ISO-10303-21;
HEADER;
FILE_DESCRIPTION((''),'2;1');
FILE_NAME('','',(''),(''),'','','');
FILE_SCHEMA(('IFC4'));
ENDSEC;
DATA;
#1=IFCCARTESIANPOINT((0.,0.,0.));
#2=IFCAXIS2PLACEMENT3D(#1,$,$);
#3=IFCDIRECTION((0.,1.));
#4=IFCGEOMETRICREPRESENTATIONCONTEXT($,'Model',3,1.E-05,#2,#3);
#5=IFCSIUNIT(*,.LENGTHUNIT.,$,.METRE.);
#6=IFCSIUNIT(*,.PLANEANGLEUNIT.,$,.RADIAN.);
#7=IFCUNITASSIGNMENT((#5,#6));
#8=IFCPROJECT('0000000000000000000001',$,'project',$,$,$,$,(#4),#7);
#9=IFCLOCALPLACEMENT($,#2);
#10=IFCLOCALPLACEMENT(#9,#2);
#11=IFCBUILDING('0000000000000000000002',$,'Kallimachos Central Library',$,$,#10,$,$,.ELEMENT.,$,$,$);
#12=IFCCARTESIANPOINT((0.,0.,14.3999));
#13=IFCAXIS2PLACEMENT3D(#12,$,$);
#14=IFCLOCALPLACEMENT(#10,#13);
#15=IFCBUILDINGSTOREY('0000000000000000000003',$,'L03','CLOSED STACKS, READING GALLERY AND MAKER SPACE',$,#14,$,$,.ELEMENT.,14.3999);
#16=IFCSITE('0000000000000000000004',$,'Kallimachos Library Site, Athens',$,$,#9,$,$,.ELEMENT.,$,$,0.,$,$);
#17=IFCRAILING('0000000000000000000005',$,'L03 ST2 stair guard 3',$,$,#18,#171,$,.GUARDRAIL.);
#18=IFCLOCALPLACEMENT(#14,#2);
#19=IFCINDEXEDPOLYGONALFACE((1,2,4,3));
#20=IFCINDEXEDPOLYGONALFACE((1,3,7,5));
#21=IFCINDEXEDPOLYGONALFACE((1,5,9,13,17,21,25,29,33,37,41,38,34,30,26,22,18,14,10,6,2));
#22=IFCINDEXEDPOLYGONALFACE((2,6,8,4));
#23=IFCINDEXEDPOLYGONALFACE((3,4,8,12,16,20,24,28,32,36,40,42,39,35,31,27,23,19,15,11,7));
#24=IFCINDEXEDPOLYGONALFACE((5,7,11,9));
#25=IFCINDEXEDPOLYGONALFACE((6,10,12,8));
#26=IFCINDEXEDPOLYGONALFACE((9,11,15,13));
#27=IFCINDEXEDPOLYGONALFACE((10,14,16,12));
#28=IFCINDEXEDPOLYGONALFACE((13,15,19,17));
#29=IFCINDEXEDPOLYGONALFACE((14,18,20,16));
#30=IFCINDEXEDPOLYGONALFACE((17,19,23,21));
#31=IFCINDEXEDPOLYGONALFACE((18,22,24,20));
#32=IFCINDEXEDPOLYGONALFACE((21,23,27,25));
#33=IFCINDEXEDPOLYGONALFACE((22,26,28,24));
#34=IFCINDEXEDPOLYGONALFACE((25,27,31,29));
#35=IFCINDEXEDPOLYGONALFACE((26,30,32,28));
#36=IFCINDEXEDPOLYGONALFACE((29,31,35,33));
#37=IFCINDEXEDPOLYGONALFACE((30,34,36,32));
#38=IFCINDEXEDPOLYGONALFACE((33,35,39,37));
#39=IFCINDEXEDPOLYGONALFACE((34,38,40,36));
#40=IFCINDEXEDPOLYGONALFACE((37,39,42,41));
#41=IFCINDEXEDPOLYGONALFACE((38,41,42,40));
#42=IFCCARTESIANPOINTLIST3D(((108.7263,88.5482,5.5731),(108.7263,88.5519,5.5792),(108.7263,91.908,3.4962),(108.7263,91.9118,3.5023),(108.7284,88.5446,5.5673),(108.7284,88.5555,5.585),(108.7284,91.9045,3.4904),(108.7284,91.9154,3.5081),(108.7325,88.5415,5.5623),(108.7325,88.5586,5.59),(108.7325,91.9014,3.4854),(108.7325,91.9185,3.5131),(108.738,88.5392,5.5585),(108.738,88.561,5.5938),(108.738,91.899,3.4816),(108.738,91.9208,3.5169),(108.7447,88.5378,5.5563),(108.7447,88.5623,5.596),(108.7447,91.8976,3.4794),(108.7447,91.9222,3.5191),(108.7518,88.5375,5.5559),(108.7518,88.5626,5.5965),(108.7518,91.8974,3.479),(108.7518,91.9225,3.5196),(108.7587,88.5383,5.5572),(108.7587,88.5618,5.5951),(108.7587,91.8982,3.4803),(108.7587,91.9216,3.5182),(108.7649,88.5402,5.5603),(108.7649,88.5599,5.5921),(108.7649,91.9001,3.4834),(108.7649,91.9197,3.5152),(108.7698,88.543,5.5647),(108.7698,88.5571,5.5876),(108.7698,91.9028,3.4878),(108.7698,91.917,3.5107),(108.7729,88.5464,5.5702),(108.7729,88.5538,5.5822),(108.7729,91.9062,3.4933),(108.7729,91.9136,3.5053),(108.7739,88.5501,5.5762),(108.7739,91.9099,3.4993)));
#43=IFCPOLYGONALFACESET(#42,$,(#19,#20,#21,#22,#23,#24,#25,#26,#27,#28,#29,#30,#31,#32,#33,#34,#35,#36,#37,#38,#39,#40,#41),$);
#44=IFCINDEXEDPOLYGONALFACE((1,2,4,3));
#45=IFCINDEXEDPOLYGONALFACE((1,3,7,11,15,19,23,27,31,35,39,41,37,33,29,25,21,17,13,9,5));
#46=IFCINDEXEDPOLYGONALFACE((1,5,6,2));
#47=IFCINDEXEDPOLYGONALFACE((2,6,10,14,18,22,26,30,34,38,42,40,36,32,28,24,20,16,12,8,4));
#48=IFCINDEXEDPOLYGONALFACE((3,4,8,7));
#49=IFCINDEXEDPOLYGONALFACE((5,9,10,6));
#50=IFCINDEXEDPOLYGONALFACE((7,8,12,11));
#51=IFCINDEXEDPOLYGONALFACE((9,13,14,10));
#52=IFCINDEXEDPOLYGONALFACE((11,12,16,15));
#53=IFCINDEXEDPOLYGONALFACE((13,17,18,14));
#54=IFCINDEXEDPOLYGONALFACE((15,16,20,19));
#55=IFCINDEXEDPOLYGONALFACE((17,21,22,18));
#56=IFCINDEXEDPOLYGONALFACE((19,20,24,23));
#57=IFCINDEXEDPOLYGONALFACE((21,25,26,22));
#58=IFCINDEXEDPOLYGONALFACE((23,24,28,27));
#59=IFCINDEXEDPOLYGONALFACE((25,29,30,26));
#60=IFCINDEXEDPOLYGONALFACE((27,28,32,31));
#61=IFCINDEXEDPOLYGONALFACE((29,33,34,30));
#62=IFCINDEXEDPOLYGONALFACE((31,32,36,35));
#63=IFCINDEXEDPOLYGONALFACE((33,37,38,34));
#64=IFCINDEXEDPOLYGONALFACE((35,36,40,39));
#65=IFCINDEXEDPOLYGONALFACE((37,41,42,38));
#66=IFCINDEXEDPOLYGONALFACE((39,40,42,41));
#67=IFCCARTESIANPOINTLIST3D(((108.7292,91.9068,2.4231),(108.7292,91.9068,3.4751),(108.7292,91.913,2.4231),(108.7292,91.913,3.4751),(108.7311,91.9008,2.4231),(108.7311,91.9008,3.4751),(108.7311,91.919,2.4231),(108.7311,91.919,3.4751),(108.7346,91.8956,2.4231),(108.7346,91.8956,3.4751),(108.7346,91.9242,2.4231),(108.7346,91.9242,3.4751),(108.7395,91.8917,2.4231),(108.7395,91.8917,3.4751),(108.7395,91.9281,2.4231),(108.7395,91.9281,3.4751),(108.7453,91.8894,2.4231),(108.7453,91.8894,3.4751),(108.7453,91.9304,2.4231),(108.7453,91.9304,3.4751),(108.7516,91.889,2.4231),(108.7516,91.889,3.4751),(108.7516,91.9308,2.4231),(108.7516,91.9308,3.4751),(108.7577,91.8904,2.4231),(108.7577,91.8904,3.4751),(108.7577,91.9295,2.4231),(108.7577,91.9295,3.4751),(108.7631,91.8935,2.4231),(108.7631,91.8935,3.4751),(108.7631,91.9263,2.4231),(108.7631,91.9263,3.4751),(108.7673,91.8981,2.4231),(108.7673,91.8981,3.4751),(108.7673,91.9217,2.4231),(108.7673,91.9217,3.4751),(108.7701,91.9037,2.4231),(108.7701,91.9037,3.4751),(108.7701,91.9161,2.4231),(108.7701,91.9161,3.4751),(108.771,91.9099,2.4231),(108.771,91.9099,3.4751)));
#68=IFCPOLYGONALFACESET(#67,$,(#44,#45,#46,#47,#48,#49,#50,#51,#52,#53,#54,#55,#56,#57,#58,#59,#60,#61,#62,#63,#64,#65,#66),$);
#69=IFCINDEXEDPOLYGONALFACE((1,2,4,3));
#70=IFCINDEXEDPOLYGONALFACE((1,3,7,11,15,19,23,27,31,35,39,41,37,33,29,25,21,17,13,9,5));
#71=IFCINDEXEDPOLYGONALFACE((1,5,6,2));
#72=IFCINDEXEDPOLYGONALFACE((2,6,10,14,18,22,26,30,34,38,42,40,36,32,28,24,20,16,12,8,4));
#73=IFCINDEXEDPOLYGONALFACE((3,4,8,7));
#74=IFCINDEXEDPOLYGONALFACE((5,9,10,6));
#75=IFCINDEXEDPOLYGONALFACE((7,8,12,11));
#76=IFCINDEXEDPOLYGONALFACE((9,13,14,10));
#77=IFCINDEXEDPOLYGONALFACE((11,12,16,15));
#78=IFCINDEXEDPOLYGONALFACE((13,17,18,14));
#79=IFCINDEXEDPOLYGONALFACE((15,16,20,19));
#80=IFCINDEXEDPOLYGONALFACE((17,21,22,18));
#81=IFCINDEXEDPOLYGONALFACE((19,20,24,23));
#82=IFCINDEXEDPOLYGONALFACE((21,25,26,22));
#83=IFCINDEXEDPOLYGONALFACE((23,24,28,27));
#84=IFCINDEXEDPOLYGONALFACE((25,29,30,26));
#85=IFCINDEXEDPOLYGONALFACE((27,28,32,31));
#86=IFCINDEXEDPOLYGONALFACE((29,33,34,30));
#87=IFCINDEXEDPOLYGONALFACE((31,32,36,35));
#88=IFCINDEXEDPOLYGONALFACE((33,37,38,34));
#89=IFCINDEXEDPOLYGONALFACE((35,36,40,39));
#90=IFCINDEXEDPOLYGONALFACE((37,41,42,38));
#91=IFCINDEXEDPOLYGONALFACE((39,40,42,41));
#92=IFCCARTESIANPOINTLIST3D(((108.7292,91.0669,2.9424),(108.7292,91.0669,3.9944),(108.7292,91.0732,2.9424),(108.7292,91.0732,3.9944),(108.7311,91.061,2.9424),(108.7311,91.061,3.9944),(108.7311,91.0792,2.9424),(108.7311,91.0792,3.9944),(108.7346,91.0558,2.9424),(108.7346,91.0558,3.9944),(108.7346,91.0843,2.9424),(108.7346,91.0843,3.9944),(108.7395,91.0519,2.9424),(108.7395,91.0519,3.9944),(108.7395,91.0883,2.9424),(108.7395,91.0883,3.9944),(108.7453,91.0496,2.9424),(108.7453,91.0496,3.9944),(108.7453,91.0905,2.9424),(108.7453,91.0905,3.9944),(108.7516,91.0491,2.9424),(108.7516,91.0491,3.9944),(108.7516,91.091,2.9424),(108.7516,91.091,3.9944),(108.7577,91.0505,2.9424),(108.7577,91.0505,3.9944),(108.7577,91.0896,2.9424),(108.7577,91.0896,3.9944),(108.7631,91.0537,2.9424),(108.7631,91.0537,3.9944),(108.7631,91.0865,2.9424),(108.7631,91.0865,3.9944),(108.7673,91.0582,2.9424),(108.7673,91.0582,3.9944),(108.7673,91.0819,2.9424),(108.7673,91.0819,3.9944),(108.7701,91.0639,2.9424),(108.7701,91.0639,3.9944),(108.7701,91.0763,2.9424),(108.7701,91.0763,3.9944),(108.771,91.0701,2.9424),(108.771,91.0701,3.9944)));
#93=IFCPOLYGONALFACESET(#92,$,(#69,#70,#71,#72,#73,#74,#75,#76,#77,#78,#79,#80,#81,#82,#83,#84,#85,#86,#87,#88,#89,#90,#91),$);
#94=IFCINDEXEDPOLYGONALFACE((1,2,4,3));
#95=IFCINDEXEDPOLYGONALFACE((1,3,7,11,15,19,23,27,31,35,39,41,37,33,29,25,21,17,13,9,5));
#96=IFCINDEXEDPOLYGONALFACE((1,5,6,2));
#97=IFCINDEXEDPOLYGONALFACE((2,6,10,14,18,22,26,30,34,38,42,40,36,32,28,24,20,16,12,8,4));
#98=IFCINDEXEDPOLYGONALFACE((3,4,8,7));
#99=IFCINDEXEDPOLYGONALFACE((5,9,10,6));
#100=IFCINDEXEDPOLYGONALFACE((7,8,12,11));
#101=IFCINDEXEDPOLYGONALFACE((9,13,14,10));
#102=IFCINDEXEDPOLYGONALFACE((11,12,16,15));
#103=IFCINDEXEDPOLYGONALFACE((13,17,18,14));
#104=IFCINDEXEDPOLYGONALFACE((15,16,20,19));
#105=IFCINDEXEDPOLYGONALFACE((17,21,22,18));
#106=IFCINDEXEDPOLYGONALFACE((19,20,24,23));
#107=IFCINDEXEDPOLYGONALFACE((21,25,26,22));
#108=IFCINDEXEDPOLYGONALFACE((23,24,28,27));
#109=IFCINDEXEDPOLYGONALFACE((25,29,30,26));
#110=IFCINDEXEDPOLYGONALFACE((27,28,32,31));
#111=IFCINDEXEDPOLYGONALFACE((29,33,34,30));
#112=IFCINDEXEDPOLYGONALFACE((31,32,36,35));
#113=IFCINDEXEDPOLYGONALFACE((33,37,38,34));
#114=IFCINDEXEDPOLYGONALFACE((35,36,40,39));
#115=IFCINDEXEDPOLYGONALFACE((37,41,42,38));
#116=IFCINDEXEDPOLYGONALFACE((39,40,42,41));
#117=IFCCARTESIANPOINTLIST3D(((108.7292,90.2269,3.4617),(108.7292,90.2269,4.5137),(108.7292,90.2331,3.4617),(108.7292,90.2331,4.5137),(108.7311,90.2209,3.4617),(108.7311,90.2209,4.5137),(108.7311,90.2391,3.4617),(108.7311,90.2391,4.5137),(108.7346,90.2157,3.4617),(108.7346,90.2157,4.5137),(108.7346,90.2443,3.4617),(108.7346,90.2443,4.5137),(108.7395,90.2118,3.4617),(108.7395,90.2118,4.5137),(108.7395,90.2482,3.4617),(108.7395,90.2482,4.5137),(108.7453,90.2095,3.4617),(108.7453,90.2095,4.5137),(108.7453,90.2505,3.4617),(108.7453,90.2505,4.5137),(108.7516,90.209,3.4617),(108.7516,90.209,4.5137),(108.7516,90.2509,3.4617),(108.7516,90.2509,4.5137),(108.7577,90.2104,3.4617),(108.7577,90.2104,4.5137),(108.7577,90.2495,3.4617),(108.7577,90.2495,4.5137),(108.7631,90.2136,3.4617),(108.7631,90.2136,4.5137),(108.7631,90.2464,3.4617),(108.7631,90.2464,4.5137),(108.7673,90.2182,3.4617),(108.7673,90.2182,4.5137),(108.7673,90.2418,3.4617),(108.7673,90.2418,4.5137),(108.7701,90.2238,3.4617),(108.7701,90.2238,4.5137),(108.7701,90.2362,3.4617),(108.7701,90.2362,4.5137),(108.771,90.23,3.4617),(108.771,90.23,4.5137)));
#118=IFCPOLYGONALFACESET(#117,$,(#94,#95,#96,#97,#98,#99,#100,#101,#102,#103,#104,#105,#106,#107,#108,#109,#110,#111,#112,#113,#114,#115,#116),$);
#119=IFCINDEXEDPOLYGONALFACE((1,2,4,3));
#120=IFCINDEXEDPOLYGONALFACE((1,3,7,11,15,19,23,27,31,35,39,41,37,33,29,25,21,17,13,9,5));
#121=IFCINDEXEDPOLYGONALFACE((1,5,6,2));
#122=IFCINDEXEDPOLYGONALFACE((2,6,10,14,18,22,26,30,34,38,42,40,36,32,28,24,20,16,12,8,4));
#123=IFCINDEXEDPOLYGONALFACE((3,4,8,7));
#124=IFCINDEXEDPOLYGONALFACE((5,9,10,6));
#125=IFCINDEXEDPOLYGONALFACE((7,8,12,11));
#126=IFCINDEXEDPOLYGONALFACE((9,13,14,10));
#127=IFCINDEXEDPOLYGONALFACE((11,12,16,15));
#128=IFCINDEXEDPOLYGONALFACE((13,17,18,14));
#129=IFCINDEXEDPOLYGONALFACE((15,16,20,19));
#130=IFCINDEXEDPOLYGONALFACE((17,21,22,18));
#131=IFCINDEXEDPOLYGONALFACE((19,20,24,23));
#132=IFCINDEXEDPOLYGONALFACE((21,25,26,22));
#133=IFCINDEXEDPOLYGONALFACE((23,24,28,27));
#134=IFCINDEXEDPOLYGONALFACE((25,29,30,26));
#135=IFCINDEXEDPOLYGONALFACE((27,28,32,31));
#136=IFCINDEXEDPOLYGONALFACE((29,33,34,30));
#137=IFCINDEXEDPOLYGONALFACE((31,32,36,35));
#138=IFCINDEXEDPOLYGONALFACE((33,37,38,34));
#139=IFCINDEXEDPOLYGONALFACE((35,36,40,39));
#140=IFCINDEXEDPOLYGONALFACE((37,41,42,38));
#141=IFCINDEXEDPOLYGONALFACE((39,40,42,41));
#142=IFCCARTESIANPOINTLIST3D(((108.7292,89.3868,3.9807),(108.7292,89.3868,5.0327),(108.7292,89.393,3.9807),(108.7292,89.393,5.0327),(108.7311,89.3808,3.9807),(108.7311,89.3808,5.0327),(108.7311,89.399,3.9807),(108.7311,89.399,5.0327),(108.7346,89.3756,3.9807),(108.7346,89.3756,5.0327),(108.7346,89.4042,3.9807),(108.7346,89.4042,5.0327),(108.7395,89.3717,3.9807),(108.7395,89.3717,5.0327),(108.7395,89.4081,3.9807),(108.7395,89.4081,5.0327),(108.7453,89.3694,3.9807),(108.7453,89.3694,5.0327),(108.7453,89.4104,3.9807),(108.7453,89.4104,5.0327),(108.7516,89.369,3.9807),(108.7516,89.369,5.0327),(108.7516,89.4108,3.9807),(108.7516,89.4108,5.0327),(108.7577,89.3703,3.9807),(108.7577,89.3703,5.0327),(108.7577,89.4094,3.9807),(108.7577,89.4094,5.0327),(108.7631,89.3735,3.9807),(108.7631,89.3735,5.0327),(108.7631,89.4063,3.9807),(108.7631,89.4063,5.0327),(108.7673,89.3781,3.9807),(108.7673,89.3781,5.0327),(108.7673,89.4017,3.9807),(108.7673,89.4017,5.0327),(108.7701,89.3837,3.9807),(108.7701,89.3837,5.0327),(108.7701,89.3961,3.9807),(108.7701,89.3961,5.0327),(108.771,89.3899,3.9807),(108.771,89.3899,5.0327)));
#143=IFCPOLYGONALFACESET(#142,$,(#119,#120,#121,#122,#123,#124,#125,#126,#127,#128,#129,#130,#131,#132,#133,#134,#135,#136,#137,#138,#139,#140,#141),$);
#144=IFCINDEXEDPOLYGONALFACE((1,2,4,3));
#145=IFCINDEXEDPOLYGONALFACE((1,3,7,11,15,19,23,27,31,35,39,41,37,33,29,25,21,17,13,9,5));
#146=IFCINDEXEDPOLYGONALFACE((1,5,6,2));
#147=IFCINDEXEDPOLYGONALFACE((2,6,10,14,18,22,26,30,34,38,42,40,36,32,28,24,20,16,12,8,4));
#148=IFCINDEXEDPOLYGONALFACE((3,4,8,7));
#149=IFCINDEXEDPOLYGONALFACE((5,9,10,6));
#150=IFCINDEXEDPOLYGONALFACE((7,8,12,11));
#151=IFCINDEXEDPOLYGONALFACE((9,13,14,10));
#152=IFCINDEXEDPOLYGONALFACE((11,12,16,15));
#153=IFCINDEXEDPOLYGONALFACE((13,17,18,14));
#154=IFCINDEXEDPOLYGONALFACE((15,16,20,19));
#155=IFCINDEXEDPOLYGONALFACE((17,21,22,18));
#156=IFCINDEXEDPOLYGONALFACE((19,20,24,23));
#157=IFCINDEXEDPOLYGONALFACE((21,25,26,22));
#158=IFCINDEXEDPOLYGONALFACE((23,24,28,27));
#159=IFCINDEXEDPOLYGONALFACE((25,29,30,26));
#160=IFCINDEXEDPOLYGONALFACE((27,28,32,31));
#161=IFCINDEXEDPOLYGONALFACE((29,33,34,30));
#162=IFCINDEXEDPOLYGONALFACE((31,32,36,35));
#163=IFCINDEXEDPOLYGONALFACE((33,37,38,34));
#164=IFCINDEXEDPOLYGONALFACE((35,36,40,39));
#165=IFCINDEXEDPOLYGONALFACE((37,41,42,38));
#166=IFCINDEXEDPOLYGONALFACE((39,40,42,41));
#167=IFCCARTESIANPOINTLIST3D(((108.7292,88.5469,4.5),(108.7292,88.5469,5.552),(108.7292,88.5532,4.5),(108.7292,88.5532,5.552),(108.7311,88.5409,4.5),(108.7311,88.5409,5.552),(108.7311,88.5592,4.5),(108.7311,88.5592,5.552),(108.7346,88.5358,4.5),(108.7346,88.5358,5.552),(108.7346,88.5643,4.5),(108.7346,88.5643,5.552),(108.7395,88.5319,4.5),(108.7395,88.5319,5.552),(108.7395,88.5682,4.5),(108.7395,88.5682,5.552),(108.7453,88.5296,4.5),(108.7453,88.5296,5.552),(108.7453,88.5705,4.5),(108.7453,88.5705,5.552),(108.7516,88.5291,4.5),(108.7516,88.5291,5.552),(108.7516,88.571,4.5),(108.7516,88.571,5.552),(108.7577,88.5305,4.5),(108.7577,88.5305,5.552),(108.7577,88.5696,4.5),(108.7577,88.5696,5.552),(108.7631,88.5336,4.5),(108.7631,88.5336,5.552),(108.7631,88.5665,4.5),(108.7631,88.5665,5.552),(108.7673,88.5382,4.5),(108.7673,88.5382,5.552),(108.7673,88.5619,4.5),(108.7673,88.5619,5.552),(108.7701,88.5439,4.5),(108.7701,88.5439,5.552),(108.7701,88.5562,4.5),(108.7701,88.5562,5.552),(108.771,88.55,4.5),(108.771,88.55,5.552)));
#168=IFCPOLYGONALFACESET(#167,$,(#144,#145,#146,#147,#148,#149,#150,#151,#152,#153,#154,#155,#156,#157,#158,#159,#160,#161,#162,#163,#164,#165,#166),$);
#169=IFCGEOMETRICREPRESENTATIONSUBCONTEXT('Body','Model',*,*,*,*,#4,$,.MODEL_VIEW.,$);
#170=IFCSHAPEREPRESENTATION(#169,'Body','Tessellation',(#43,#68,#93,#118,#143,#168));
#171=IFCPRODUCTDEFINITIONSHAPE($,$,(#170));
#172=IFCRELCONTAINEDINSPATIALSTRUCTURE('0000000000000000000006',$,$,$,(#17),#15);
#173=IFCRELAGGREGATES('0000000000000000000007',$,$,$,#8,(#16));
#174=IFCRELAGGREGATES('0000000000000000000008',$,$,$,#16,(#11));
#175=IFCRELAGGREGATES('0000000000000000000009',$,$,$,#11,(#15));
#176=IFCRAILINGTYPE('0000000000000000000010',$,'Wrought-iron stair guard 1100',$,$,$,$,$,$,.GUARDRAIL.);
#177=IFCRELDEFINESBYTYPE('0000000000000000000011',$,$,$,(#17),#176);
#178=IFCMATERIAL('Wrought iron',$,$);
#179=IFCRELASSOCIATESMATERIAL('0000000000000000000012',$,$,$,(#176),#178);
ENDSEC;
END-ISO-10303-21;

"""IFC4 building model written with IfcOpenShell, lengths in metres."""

from ifc_helpers import new_model, si_unit, direction, frame, origin, origin_2d, place, context, subcontext, project, spatial, circle, extrude, material, type_object, element, save


model = new_model("IFC4")

# Units and contexts
model_context = context("Model", 3, precision=1e-05, world=origin(), true_north=direction((0.0, 1.0)))
body_context = subcontext(model_context, "Body", "Model", "MODEL_VIEW")
ifc_project = project(units=[si_unit("LENGTHUNIT", "METRE"), si_unit("PLANEANGLEUNIT", "RADIAN")], contexts=[model_context])

# Site, building, storey
site_placement = place(None, origin())
site = spatial("IfcSite", under=ifc_project, at=site_placement, Name="Kallimachos Library Site, Athens", CompositionType="ELEMENT", RefElevation=0.0)
building_placement = place(site_placement, origin())
building = spatial("IfcBuilding", under=site, at=building_placement, Name="Kallimachos Central Library", CompositionType="ELEMENT")
storey_placement = place(building_placement, frame((0.0, 0.0, 14.3999)))
storey = spatial("IfcBuildingStorey", under=building, at=storey_placement, Name="L03", Description="CLOSED STACKS, READING GALLERY AND MAKER SPACE", CompositionType="ELEMENT", Elevation=14.3999)

# Railing
ifc_material_1 = material(Name="Wrought iron")
railing_type_1 = type_object("IfcRailingType", Name="Wrought-iron stair guard 1100", PredefinedType="GUARDRAIL", material=ifc_material_1)
railing_1_placement = place(storey_placement, frame((108.75, 91.9099, 2.4231)))
element("IfcRailing", 1, at=railing_1_placement, inside=storey, type_object=railing_type_1, Name="L03 ST2 stair guard 3", PredefinedType="GUARDRAIL", context=body_context, shape_type="SweptSolid", body=[
    extrude(circle(Radius=0.0239, at=origin_2d()), frame((0.0, 0.0, 1.0762), z_axis=(0.0, -0.850606, 0.525803), x_axis=(1.0, 0.0, 0.0)), (0.0, 0.0, 1.0), 3.95),
    extrude(circle(Radius=0.021, at=origin_2d()), origin(), (0.0, 0.0, 1.0), 1.052),
    extrude(circle(Radius=0.021, at=origin_2d()), frame((0.0, -0.8398, 0.5193)), (0.0, 0.0, 1.0), 1.052),
    extrude(circle(Radius=0.021, at=origin_2d()), frame((0.0, -1.6799, 1.0386)), (0.0, 0.0, 1.0), 1.052),
    extrude(circle(Radius=0.021, at=origin_2d()), frame((0.0, -2.52, 1.5576)), (0.0, 0.0, 1.0), 1.052),
    extrude(circle(Radius=0.021, at=origin_2d()), frame((0.0, -3.3599, 2.0769)), (0.0, 0.0, 1.0), 1.052),
])

save(model, "model.ifc")
